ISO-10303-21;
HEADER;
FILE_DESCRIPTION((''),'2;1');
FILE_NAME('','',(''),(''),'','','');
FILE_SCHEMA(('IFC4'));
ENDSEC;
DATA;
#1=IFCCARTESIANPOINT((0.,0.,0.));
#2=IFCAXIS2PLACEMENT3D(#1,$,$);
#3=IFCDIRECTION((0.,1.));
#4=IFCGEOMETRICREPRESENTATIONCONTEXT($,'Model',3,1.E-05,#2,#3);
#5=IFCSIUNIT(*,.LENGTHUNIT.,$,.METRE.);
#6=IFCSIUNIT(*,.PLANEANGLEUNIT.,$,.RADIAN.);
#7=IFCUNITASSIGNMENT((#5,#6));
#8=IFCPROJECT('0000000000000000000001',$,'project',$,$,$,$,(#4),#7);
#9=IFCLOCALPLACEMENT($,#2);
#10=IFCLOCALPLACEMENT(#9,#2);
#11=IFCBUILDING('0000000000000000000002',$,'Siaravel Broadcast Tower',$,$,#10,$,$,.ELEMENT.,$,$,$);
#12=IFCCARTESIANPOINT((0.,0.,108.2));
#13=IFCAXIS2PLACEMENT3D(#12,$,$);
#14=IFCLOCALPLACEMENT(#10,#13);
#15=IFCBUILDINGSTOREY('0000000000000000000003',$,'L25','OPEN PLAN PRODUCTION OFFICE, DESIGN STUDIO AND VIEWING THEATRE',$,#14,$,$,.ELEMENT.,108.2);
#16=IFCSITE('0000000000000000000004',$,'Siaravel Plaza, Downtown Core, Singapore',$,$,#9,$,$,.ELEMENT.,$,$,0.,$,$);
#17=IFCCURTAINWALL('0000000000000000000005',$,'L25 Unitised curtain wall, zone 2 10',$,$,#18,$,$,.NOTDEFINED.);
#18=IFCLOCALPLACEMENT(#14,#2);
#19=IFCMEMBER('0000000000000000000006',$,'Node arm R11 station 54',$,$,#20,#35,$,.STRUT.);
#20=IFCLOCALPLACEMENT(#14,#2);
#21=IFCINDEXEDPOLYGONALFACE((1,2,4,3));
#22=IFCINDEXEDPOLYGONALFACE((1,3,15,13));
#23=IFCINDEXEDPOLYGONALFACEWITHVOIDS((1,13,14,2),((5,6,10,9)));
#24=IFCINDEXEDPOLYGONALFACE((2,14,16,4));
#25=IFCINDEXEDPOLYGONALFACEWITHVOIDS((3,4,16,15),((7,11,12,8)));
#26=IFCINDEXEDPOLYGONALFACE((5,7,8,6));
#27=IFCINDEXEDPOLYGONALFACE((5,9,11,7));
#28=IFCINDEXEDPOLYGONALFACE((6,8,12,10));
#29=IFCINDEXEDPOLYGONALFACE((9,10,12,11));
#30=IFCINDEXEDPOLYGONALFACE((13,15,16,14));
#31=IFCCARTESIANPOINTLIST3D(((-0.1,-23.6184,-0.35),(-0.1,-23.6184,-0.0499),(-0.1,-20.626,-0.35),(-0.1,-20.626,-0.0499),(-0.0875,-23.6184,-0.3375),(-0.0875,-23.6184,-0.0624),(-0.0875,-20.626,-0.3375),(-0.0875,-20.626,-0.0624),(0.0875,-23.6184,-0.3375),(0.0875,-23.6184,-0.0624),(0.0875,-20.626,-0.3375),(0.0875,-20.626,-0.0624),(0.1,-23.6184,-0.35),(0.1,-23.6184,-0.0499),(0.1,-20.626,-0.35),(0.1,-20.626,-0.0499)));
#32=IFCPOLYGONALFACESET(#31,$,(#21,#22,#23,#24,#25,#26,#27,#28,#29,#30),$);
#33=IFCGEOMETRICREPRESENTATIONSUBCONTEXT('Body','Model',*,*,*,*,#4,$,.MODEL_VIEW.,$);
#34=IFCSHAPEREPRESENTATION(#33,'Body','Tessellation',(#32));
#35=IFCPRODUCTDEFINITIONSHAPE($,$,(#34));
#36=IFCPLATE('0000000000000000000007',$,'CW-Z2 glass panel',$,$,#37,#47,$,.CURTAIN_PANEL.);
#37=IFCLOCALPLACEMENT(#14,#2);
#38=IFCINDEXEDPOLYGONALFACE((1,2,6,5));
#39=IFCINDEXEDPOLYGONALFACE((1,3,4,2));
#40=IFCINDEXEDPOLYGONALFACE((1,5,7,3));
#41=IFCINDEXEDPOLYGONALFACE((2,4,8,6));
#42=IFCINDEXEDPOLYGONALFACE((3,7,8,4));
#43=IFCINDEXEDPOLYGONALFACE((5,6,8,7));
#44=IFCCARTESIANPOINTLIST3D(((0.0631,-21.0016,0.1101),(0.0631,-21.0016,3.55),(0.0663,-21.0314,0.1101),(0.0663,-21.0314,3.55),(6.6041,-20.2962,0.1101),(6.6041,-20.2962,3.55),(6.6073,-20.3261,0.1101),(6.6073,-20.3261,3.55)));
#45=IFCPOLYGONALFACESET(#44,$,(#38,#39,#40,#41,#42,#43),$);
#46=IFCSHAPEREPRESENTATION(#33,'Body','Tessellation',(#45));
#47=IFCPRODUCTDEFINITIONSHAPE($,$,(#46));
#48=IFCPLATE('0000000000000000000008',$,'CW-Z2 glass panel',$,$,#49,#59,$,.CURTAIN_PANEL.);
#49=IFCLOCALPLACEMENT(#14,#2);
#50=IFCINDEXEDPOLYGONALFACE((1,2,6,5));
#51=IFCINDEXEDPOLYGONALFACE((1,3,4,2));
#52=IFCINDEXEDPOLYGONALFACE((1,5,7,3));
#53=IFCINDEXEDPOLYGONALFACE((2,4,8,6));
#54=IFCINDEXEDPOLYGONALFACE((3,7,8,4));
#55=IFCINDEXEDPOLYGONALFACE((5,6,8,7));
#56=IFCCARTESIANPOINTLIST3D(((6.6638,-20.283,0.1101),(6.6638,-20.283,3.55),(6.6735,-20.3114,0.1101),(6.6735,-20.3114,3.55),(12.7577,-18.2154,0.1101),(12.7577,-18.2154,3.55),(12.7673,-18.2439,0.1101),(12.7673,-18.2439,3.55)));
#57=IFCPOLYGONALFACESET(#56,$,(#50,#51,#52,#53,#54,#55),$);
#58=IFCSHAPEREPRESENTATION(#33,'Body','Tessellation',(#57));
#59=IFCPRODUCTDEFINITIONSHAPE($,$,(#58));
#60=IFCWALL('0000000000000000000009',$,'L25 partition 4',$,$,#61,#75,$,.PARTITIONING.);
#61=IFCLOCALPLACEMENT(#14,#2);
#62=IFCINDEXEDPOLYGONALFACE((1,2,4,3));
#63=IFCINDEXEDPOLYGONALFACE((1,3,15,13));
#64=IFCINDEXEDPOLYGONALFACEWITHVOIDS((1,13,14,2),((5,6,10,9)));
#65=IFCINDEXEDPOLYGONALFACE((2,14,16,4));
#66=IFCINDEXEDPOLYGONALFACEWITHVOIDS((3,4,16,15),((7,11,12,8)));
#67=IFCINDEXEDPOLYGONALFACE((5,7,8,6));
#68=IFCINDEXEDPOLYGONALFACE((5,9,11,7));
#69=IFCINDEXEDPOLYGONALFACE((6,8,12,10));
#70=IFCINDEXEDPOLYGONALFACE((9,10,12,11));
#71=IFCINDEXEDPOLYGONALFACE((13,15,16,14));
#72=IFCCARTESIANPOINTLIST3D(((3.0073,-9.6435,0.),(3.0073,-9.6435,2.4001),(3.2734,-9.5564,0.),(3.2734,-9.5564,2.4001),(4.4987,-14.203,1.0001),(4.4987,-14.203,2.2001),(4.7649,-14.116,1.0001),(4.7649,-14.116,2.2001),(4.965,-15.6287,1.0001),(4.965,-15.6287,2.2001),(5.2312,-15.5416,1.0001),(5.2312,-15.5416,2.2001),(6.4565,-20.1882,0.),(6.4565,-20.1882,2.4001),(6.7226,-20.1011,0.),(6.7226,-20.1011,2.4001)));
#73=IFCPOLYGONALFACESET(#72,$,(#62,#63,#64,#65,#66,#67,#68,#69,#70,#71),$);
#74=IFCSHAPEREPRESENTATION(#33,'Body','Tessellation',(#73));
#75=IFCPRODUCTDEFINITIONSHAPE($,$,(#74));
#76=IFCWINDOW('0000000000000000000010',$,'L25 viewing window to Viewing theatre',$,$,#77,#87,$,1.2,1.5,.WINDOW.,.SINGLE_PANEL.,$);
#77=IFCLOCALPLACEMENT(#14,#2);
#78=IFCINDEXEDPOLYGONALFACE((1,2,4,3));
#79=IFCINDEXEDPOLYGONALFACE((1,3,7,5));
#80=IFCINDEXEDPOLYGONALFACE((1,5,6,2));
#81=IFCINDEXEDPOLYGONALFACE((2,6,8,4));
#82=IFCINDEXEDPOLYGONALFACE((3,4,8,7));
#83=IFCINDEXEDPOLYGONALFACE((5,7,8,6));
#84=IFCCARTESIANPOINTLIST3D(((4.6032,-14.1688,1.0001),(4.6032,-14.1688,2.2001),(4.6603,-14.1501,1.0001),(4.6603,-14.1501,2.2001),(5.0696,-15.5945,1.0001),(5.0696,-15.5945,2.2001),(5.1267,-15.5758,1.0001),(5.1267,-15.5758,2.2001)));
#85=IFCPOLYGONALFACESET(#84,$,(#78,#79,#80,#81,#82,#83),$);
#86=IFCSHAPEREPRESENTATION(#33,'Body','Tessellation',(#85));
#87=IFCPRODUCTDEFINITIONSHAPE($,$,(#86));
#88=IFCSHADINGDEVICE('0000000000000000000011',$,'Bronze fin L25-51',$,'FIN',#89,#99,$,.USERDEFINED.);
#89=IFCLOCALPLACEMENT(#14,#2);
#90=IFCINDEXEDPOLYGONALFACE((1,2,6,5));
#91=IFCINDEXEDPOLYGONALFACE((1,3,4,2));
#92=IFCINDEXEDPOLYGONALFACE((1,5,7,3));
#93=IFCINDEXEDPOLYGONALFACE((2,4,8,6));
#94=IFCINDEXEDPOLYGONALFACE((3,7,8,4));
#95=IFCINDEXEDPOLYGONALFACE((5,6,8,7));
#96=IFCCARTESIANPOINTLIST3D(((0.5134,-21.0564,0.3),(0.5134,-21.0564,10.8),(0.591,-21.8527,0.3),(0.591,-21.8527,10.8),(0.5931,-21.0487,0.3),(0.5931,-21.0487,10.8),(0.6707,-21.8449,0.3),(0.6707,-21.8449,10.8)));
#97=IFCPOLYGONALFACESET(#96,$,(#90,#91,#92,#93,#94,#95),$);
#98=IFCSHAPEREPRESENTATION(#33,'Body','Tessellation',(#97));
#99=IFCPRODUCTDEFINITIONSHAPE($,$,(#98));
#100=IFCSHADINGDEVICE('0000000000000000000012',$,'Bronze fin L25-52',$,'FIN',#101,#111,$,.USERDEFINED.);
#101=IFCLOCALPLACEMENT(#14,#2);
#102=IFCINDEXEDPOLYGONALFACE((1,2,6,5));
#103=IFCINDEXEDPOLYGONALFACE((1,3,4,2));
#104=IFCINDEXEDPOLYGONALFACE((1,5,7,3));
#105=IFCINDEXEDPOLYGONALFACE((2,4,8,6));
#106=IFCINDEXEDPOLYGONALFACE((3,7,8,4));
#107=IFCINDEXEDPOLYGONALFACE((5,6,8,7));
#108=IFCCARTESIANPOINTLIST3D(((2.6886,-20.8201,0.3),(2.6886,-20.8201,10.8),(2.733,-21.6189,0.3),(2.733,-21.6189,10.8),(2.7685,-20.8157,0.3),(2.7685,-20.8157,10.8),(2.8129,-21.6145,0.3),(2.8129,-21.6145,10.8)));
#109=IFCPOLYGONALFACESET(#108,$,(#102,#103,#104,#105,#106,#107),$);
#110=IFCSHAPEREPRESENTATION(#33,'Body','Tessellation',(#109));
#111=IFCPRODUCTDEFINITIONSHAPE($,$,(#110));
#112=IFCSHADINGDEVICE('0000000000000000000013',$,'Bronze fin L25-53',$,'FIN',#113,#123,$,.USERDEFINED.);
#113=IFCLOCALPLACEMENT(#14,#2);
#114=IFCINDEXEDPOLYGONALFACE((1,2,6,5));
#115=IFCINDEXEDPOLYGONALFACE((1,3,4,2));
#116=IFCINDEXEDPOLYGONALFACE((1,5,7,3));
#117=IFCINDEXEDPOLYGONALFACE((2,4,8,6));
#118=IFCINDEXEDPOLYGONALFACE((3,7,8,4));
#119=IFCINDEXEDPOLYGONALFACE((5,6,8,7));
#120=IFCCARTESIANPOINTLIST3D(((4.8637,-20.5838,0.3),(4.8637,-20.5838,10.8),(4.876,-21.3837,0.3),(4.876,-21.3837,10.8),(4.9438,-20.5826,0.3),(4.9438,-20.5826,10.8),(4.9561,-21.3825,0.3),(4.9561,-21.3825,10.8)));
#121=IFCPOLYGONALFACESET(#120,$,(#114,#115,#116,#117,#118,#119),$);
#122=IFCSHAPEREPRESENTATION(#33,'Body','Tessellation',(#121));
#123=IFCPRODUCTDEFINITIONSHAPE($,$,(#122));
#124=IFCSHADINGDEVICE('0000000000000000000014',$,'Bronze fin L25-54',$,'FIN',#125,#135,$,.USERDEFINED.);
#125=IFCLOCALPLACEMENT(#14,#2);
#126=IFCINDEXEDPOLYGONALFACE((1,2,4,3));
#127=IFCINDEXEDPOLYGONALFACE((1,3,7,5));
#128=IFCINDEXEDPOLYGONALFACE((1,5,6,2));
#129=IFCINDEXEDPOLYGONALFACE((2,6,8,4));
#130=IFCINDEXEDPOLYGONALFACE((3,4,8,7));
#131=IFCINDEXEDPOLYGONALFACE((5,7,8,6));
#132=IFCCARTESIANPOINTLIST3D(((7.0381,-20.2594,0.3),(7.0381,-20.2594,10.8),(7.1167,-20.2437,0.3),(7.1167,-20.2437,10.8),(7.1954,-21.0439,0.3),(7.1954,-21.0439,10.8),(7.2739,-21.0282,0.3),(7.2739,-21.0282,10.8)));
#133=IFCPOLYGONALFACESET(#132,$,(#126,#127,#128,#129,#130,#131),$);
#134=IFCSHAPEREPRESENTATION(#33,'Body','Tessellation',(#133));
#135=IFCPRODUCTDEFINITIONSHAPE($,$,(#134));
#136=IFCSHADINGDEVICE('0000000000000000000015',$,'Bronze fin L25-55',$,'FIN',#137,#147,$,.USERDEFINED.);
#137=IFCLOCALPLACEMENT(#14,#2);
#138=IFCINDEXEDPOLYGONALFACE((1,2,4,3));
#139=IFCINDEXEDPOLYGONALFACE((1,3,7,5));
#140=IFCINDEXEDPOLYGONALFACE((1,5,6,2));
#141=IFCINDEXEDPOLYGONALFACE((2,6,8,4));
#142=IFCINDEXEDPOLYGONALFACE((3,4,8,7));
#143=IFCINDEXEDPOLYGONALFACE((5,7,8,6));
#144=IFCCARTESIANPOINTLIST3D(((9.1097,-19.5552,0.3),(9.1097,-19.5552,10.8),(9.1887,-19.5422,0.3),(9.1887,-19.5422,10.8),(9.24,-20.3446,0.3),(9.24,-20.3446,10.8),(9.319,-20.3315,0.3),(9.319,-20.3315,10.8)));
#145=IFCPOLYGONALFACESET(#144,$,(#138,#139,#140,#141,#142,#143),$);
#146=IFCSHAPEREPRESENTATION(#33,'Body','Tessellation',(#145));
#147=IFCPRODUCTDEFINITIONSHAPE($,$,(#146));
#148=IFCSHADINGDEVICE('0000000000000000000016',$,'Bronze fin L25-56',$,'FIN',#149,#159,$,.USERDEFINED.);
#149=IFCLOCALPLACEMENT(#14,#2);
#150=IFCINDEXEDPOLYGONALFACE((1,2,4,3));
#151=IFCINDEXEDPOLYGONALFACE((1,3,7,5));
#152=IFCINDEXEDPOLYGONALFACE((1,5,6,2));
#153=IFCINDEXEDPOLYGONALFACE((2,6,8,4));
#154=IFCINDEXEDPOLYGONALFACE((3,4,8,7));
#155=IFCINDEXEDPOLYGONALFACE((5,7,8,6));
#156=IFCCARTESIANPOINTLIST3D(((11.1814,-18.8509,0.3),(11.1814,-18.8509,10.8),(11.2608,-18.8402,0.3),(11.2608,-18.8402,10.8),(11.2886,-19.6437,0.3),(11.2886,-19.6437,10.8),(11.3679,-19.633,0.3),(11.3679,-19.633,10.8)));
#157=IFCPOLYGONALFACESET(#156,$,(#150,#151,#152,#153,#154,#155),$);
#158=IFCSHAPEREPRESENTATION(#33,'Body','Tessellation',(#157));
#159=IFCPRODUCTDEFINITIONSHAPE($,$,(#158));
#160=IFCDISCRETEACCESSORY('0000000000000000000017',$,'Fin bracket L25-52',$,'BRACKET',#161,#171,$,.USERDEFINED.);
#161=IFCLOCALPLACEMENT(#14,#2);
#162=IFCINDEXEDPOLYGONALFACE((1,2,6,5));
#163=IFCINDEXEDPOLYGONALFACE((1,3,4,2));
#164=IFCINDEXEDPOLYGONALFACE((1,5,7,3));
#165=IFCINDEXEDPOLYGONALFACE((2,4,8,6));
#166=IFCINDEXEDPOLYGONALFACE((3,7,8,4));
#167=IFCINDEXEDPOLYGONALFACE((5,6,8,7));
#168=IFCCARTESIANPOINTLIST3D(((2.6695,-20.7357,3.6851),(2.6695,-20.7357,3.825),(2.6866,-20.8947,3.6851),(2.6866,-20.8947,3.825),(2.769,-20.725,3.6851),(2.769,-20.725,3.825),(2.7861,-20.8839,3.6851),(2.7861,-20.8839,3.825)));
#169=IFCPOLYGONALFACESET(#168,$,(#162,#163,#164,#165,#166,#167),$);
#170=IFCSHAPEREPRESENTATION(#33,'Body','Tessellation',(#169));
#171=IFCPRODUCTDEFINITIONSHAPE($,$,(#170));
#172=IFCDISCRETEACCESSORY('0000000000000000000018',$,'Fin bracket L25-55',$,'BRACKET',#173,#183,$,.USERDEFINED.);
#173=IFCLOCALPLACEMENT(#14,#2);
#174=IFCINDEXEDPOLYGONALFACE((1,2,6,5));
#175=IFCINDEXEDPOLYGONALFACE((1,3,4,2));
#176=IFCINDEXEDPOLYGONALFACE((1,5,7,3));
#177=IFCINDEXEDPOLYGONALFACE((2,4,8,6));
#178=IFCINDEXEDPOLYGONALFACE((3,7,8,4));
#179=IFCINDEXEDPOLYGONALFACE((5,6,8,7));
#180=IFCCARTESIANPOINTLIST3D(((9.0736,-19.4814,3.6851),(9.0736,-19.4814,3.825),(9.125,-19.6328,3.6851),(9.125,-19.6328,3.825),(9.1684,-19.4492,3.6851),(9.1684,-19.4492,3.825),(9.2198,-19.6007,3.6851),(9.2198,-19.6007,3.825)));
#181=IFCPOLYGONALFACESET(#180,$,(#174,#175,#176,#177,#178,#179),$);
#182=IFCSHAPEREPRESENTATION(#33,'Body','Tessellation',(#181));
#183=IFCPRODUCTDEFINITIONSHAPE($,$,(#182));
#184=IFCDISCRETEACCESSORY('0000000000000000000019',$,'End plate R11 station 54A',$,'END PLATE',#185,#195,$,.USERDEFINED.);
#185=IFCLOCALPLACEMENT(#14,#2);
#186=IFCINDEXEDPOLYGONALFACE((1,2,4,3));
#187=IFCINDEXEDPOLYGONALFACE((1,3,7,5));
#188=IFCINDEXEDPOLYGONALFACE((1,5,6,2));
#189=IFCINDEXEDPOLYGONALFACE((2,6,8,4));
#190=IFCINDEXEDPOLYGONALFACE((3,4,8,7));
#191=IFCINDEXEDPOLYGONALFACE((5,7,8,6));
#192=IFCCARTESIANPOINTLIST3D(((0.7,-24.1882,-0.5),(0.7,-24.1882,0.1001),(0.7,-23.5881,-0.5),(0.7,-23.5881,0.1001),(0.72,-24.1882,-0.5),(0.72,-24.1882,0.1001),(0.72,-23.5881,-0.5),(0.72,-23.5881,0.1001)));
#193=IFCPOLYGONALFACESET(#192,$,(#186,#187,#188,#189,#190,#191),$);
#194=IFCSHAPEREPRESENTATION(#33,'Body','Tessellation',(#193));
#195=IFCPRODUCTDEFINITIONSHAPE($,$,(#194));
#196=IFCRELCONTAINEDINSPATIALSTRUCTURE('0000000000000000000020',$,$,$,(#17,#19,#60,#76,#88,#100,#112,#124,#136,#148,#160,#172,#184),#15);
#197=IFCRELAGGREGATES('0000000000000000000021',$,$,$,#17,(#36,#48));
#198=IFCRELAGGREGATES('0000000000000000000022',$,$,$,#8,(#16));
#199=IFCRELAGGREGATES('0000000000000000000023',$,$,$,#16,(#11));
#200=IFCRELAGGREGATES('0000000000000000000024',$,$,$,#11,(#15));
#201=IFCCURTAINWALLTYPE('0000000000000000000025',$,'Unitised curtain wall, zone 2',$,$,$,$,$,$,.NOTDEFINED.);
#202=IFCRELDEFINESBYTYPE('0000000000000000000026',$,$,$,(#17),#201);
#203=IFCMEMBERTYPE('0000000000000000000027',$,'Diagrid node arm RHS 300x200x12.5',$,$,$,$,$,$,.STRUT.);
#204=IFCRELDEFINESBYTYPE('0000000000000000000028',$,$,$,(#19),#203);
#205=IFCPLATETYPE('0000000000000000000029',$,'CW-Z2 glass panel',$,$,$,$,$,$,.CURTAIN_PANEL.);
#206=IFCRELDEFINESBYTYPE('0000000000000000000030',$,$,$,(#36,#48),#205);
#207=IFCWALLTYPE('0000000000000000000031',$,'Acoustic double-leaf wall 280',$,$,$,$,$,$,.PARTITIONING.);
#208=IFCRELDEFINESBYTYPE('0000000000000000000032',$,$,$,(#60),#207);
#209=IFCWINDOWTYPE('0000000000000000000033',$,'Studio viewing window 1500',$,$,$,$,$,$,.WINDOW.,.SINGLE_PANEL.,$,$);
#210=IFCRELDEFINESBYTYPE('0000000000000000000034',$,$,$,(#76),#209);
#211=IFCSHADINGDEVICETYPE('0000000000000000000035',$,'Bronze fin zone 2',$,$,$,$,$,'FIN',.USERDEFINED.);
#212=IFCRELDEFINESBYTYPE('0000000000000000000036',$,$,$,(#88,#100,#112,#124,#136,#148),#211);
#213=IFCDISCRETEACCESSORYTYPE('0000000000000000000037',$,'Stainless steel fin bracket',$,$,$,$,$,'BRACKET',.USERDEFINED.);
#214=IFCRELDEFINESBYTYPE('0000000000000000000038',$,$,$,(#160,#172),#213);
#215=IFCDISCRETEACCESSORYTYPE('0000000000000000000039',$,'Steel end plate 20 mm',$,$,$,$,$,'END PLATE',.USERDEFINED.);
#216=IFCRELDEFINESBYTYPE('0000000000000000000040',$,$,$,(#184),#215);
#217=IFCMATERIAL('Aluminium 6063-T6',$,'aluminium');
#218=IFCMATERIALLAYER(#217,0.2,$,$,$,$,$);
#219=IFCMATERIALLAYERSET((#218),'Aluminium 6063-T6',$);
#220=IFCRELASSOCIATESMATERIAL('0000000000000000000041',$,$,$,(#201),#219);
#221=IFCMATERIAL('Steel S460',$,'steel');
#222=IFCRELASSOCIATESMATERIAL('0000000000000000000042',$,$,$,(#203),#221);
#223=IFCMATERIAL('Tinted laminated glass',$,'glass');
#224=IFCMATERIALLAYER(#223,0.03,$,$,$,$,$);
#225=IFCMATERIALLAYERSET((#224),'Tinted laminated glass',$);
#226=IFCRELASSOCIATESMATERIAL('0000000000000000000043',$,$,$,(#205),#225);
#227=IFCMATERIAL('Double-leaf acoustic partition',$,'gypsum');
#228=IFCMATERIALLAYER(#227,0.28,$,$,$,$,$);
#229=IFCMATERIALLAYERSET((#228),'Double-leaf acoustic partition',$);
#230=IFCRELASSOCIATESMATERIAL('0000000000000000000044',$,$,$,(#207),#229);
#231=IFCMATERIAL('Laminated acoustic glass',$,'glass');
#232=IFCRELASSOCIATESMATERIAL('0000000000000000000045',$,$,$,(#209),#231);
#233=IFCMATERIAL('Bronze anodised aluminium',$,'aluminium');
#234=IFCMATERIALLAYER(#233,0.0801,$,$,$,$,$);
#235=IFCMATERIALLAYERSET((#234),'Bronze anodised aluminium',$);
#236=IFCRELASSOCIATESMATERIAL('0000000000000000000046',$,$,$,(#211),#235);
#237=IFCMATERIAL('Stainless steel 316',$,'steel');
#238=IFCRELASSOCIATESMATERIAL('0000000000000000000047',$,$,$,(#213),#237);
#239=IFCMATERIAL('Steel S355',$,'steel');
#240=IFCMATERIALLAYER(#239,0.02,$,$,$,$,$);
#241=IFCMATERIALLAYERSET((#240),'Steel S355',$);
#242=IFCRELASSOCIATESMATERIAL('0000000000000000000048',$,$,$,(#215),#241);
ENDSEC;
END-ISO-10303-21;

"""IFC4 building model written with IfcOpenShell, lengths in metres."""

from ifc_helpers import new_model, si_unit, direction, frame, frame_2d, origin, origin_2d, place, context, subcontext, project, spatial, rectangle, hollow_rectangle, extrude, material, layer, layer_set, material_profile, profile_set, type_object, element, fill, aggregate, save


model = new_model("IFC4")

# Units and contexts
model_context = context("Model", 3, precision=1e-05, world=origin(), true_north=direction((0.0, 1.0)))
body_context = subcontext(model_context, "Body", "Model", "MODEL_VIEW")
ifc_project = project(units=[si_unit("LENGTHUNIT", "METRE"), si_unit("PLANEANGLEUNIT", "RADIAN")], contexts=[model_context])

# Site, building, storey
site_placement = place(None, origin())
site = spatial("IfcSite", under=ifc_project, at=site_placement, Name="Siaravel Plaza, Downtown Core, Singapore", CompositionType="ELEMENT", RefElevation=0.0)
building_placement = place(site_placement, origin())
building = spatial("IfcBuilding", under=site, at=building_placement, Name="Siaravel Broadcast Tower", CompositionType="ELEMENT")
storey_placement = place(building_placement, frame((0.0, 0.0, 108.2)))
storey = spatial("IfcBuildingStorey", under=building, at=storey_placement, Name="L25", Description="OPEN PLAN PRODUCTION OFFICE, DESIGN STUDIO AND VIEWING THEATRE", CompositionType="ELEMENT", Elevation=108.2)

# Shared definitions
ifc_material_1 = material(Name="Steel S355", Category="steel")

# Curtain wall
ifc_material_2 = material(Name="Aluminium 6063-T6", Category="aluminium")
ifc_layer_1 = layer(ifc_material_2, 0.2)
ifc_layer_set_1 = layer_set([ifc_layer_1], Name="Aluminium 6063-T6")
curtain_wall_type = type_object("IfcCurtainWallType", Name="Unitised curtain wall, zone 2", PredefinedType="NOTDEFINED", material=ifc_layer_set_1)
curtain_wall_placement = place(storey_placement, origin())
curtain_wall = element("IfcCurtainWall", 1, at=curtain_wall_placement, inside=storey, type_object=curtain_wall_type, Name="L25 Unitised curtain wall, zone 2 10", PredefinedType="NOTDEFINED")

# Member
ifc_material_3 = material(Name="Steel S460", Category="steel")
ifc_material_profile_1 = material_profile(ifc_material_3, hollow_rectangle(XDim=0.2, YDim=0.3, WallThickness=0.0125, at=origin_2d()))
ifc_profile_set_1 = profile_set([ifc_material_profile_1], Name="Steel S460")
member_type_1 = type_object("IfcMemberType", Name="Diagrid node arm RHS 300x200x12.5", PredefinedType="STRUT", material=ifc_profile_set_1)
member_1_placement = place(storey_placement, frame((0.0, -20.626, -0.2), z_axis=(0.0, -1.0, 0.0), x_axis=(1.0, 0.0, 0.0)))
element("IfcMember", 2, at=member_1_placement, inside=storey, type_object=member_type_1, Name="Node arm R11 station 54", PredefinedType="STRUT", context=body_context, shape_type="SweptSolid", body=[
    extrude(hollow_rectangle(XDim=0.2, YDim=0.3, WallThickness=0.0125, at=origin_2d()), origin(), (0.0, 0.0, 1.0), 2.9924),
])

# Plates
ifc_material_4 = material(Name="Tinted laminated glass", Category="glass")
ifc_layer_2 = layer(ifc_material_4, 0.03)
ifc_layer_set_2 = layer_set([ifc_layer_2], Name="Tinted laminated glass")
plate_type = type_object("IfcPlateType", Name="CW-Z2 glass panel", PredefinedType="CURTAIN_PANEL", material=ifc_layer_set_2)
plate_1_placement = place(storey_placement, frame((3.3352, -20.6638, 0.1101), z_axis=(0.0, 0.0, 1.0), x_axis=(0.994236, 0.107217, 0.0)))
plate_1 = element("IfcPlate", 3, at=plate_1_placement, type_object=plate_type, Name="CW-Z2 glass panel", PredefinedType="CURTAIN_PANEL", context=body_context, shape_type="SweptSolid", body=[
    extrude(rectangle(XDim=6.5789, YDim=0.03, at=origin_2d()), origin(), (0.0, 0.0, 1.0), 3.4399),
])
plate_2_placement = place(storey_placement, frame((9.7156, -19.2634, 0.1101), z_axis=(0.0, 0.0, 1.0), x_axis=(0.946977, 0.321301, 0.0)))
plate_2 = element("IfcPlate", 4, at=plate_2_placement, type_object=plate_type, Name="CW-Z2 glass panel", PredefinedType="CURTAIN_PANEL", context=body_context, shape_type="SweptSolid", body=[
    extrude(rectangle(XDim=6.4351, YDim=0.03, at=origin_2d()), origin(), (0.0, 0.0, 1.0), 3.4399),
])
aggregate(curtain_wall, [plate_1, plate_2])

# Wall, opening, window
ifc_material_5 = material(Name="Double-leaf acoustic partition", Category="gypsum")
ifc_layer_3 = layer(ifc_material_5, 0.28)
ifc_layer_set_3 = layer_set([ifc_layer_3], Name="Double-leaf acoustic partition")
wall_type = type_object("IfcWallType", Name="Acoustic double-leaf wall 280", PredefinedType="PARTITIONING", material=ifc_layer_set_3)
wall_placement = place(storey_placement, frame((6.5896, -20.1448, 0.0), z_axis=(0.0, 0.0, 1.0), x_axis=(-0.310895, 0.950444, 0.0)))
wall = element("IfcWall", 5, at=wall_placement, inside=storey, type_object=wall_type, Name="L25 partition 4", PredefinedType="PARTITIONING", context=body_context, shape_type="SweptSolid", body=[
    extrude(rectangle(XDim=11.0945, YDim=0.28, at=frame_2d((5.5474, 0.0))), origin(), (0.0, 0.0, 1.0), 2.4001),
])
opening_placement = place(wall_placement, frame((4.7974, 0.0, 1.0)))
opening = element("IfcOpeningElement", 6, at=opening_placement, cuts=wall, PredefinedType="OPENING", context=body_context, shape_type="SweptSolid", body=[
    extrude(rectangle(XDim=1.5, YDim=1.2, at=frame_2d((0.75, 0.6001))), frame((0.0, 0.1499, 0.0), z_axis=(0.0, -1.0, 0.0), x_axis=(1.0, 0.0, 0.0)), (0.0, 0.0, 1.0), 0.3),
])
ifc_material_6 = material(Name="Laminated acoustic glass", Category="glass")
window_type = type_object("IfcWindowType", Name="Studio viewing window 1500", PartitioningType="SINGLE_PANEL", PredefinedType="WINDOW", material=ifc_material_6)
window_placement = place(opening_placement, origin())
window = element("IfcWindow", 7, at=window_placement, inside=storey, type_object=window_type, Name="L25 viewing window to Viewing theatre", OverallHeight=1.2, OverallWidth=1.5, PartitioningType="SINGLE_PANEL", PredefinedType="WINDOW", context=body_context, shape_type="SweptSolid", body=[
    extrude(rectangle(XDim=1.5, YDim=1.2, at=frame_2d((0.75, 0.6001))), frame((0.0, 0.03, 0.0), z_axis=(0.0, -1.0, 0.0), x_axis=(1.0, 0.0, 0.0)), (0.0, 0.0, 1.0), 0.0601),
])
fill(opening, window)

# Shading devices
ifc_material_7 = material(Name="Bronze anodised aluminium", Category="aluminium")
ifc_layer_4 = layer(ifc_material_7, 0.0801)
ifc_layer_set_4 = layer_set([ifc_layer_4], Name="Bronze anodised aluminium")
shading_device_type = type_object("IfcShadingDeviceType", Name="Bronze fin zone 2", ElementType="FIN", PredefinedType="USERDEFINED", material=ifc_layer_set_4)
for number, where, z_axis, x_axis, name in (
    (8, (0.592, -21.4507, 0.3), (0.0, 0.0, 1.0), (0.096893, -0.995295, 0.0), "Bronze fin L25-51"),
    (9, (2.7507, -21.2173, 0.3), (0.0, 0.0, 1.0), (0.05549, -0.998459, 0.0), "Bronze fin L25-52"),
    (10, (4.9099, -20.9832, 0.3), (0.0, 0.0, 1.0), (0.015357, -0.999882, 0.0), "Bronze fin L25-53"),
    (11, (7.156, -20.6438, 0.3), (0.0, 0.0, 1.0), (0.196506, -0.980503, 0.0), "Bronze fin L25-54"),
    (12, (9.2144, -19.9434, 0.3), (0.0, 0.0, 1.0), (0.162889, -0.986644, 0.0), "Bronze fin L25-55"),
    (13, (11.2747, -19.2419, 0.3), (0.0, 0.0, 1.0), (0.133929, -0.990991, 0.0), "Bronze fin L25-56"),
):
    element("IfcShadingDevice", number, at=place(storey_placement, frame(where, z_axis=z_axis, x_axis=x_axis)), inside=storey, type_object=shading_device_type, Name=name, ObjectType="FIN", PredefinedType="USERDEFINED", context=body_context, shape_type="SweptSolid", body=[
        extrude(rectangle(XDim=0.8, YDim=0.0801, at=origin_2d()), origin(), (0.0, 0.0, 1.0), 10.5),
    ])

# Discrete accessories
ifc_material_8 = material(Name="Stainless steel 316", Category="steel")
discrete_accessory_type_1 = type_object("IfcDiscreteAccessoryType", Name="Stainless steel fin bracket", ElementType="BRACKET", PredefinedType="USERDEFINED", material=ifc_material_8)
for number, where, z_axis, x_axis, name in (
    (14, (2.7278, -20.8098, 3.6851), (0.0, 0.0, 1.0), (0.107217, -0.994236, 0.0), "Fin bracket L25-52"),
    (15, (9.1467, -19.541, 3.6851), (0.0, 0.0, 1.0), (0.321301, -0.946977, 0.0), "Fin bracket L25-55"),
):
    element("IfcDiscreteAccessory", number, at=place(storey_placement, frame(where, z_axis=z_axis, x_axis=x_axis)), inside=storey, type_object=discrete_accessory_type_1, Name=name, ObjectType="BRACKET", PredefinedType="USERDEFINED", context=body_context, shape_type="SweptSolid", body=[
        extrude(rectangle(XDim=0.1599, YDim=0.1001, at=origin_2d()), origin(), (0.0, 0.0, 1.0), 0.1399),
    ])
ifc_layer_5 = layer(ifc_material_1, 0.02)
ifc_layer_set_5 = layer_set([ifc_layer_5], Name="Steel S355")
discrete_accessory_type_2 = type_object("IfcDiscreteAccessoryType", Name="Steel end plate 20 mm", ElementType="END PLATE", PredefinedType="USERDEFINED", material=ifc_layer_set_5)
for number, where, z_axis, x_axis, name in (
    (16, (0.71, -23.8882, -0.5), (0.0, 0.0, 1.0), (1.0, 0.0, 0.0), "End plate R11 station 54A"),
):
    element("IfcDiscreteAccessory", number, at=place(storey_placement, frame(where, z_axis=z_axis, x_axis=x_axis)), inside=storey, type_object=discrete_accessory_type_2, Name=name, ObjectType="END PLATE", PredefinedType="USERDEFINED", context=body_context, shape_type="SweptSolid", body=[
        extrude(rectangle(XDim=0.02, YDim=0.6001, at=origin_2d()), origin(), (0.0, 0.0, 1.0), 0.6001),
    ])

save(model, "model.ifc")
